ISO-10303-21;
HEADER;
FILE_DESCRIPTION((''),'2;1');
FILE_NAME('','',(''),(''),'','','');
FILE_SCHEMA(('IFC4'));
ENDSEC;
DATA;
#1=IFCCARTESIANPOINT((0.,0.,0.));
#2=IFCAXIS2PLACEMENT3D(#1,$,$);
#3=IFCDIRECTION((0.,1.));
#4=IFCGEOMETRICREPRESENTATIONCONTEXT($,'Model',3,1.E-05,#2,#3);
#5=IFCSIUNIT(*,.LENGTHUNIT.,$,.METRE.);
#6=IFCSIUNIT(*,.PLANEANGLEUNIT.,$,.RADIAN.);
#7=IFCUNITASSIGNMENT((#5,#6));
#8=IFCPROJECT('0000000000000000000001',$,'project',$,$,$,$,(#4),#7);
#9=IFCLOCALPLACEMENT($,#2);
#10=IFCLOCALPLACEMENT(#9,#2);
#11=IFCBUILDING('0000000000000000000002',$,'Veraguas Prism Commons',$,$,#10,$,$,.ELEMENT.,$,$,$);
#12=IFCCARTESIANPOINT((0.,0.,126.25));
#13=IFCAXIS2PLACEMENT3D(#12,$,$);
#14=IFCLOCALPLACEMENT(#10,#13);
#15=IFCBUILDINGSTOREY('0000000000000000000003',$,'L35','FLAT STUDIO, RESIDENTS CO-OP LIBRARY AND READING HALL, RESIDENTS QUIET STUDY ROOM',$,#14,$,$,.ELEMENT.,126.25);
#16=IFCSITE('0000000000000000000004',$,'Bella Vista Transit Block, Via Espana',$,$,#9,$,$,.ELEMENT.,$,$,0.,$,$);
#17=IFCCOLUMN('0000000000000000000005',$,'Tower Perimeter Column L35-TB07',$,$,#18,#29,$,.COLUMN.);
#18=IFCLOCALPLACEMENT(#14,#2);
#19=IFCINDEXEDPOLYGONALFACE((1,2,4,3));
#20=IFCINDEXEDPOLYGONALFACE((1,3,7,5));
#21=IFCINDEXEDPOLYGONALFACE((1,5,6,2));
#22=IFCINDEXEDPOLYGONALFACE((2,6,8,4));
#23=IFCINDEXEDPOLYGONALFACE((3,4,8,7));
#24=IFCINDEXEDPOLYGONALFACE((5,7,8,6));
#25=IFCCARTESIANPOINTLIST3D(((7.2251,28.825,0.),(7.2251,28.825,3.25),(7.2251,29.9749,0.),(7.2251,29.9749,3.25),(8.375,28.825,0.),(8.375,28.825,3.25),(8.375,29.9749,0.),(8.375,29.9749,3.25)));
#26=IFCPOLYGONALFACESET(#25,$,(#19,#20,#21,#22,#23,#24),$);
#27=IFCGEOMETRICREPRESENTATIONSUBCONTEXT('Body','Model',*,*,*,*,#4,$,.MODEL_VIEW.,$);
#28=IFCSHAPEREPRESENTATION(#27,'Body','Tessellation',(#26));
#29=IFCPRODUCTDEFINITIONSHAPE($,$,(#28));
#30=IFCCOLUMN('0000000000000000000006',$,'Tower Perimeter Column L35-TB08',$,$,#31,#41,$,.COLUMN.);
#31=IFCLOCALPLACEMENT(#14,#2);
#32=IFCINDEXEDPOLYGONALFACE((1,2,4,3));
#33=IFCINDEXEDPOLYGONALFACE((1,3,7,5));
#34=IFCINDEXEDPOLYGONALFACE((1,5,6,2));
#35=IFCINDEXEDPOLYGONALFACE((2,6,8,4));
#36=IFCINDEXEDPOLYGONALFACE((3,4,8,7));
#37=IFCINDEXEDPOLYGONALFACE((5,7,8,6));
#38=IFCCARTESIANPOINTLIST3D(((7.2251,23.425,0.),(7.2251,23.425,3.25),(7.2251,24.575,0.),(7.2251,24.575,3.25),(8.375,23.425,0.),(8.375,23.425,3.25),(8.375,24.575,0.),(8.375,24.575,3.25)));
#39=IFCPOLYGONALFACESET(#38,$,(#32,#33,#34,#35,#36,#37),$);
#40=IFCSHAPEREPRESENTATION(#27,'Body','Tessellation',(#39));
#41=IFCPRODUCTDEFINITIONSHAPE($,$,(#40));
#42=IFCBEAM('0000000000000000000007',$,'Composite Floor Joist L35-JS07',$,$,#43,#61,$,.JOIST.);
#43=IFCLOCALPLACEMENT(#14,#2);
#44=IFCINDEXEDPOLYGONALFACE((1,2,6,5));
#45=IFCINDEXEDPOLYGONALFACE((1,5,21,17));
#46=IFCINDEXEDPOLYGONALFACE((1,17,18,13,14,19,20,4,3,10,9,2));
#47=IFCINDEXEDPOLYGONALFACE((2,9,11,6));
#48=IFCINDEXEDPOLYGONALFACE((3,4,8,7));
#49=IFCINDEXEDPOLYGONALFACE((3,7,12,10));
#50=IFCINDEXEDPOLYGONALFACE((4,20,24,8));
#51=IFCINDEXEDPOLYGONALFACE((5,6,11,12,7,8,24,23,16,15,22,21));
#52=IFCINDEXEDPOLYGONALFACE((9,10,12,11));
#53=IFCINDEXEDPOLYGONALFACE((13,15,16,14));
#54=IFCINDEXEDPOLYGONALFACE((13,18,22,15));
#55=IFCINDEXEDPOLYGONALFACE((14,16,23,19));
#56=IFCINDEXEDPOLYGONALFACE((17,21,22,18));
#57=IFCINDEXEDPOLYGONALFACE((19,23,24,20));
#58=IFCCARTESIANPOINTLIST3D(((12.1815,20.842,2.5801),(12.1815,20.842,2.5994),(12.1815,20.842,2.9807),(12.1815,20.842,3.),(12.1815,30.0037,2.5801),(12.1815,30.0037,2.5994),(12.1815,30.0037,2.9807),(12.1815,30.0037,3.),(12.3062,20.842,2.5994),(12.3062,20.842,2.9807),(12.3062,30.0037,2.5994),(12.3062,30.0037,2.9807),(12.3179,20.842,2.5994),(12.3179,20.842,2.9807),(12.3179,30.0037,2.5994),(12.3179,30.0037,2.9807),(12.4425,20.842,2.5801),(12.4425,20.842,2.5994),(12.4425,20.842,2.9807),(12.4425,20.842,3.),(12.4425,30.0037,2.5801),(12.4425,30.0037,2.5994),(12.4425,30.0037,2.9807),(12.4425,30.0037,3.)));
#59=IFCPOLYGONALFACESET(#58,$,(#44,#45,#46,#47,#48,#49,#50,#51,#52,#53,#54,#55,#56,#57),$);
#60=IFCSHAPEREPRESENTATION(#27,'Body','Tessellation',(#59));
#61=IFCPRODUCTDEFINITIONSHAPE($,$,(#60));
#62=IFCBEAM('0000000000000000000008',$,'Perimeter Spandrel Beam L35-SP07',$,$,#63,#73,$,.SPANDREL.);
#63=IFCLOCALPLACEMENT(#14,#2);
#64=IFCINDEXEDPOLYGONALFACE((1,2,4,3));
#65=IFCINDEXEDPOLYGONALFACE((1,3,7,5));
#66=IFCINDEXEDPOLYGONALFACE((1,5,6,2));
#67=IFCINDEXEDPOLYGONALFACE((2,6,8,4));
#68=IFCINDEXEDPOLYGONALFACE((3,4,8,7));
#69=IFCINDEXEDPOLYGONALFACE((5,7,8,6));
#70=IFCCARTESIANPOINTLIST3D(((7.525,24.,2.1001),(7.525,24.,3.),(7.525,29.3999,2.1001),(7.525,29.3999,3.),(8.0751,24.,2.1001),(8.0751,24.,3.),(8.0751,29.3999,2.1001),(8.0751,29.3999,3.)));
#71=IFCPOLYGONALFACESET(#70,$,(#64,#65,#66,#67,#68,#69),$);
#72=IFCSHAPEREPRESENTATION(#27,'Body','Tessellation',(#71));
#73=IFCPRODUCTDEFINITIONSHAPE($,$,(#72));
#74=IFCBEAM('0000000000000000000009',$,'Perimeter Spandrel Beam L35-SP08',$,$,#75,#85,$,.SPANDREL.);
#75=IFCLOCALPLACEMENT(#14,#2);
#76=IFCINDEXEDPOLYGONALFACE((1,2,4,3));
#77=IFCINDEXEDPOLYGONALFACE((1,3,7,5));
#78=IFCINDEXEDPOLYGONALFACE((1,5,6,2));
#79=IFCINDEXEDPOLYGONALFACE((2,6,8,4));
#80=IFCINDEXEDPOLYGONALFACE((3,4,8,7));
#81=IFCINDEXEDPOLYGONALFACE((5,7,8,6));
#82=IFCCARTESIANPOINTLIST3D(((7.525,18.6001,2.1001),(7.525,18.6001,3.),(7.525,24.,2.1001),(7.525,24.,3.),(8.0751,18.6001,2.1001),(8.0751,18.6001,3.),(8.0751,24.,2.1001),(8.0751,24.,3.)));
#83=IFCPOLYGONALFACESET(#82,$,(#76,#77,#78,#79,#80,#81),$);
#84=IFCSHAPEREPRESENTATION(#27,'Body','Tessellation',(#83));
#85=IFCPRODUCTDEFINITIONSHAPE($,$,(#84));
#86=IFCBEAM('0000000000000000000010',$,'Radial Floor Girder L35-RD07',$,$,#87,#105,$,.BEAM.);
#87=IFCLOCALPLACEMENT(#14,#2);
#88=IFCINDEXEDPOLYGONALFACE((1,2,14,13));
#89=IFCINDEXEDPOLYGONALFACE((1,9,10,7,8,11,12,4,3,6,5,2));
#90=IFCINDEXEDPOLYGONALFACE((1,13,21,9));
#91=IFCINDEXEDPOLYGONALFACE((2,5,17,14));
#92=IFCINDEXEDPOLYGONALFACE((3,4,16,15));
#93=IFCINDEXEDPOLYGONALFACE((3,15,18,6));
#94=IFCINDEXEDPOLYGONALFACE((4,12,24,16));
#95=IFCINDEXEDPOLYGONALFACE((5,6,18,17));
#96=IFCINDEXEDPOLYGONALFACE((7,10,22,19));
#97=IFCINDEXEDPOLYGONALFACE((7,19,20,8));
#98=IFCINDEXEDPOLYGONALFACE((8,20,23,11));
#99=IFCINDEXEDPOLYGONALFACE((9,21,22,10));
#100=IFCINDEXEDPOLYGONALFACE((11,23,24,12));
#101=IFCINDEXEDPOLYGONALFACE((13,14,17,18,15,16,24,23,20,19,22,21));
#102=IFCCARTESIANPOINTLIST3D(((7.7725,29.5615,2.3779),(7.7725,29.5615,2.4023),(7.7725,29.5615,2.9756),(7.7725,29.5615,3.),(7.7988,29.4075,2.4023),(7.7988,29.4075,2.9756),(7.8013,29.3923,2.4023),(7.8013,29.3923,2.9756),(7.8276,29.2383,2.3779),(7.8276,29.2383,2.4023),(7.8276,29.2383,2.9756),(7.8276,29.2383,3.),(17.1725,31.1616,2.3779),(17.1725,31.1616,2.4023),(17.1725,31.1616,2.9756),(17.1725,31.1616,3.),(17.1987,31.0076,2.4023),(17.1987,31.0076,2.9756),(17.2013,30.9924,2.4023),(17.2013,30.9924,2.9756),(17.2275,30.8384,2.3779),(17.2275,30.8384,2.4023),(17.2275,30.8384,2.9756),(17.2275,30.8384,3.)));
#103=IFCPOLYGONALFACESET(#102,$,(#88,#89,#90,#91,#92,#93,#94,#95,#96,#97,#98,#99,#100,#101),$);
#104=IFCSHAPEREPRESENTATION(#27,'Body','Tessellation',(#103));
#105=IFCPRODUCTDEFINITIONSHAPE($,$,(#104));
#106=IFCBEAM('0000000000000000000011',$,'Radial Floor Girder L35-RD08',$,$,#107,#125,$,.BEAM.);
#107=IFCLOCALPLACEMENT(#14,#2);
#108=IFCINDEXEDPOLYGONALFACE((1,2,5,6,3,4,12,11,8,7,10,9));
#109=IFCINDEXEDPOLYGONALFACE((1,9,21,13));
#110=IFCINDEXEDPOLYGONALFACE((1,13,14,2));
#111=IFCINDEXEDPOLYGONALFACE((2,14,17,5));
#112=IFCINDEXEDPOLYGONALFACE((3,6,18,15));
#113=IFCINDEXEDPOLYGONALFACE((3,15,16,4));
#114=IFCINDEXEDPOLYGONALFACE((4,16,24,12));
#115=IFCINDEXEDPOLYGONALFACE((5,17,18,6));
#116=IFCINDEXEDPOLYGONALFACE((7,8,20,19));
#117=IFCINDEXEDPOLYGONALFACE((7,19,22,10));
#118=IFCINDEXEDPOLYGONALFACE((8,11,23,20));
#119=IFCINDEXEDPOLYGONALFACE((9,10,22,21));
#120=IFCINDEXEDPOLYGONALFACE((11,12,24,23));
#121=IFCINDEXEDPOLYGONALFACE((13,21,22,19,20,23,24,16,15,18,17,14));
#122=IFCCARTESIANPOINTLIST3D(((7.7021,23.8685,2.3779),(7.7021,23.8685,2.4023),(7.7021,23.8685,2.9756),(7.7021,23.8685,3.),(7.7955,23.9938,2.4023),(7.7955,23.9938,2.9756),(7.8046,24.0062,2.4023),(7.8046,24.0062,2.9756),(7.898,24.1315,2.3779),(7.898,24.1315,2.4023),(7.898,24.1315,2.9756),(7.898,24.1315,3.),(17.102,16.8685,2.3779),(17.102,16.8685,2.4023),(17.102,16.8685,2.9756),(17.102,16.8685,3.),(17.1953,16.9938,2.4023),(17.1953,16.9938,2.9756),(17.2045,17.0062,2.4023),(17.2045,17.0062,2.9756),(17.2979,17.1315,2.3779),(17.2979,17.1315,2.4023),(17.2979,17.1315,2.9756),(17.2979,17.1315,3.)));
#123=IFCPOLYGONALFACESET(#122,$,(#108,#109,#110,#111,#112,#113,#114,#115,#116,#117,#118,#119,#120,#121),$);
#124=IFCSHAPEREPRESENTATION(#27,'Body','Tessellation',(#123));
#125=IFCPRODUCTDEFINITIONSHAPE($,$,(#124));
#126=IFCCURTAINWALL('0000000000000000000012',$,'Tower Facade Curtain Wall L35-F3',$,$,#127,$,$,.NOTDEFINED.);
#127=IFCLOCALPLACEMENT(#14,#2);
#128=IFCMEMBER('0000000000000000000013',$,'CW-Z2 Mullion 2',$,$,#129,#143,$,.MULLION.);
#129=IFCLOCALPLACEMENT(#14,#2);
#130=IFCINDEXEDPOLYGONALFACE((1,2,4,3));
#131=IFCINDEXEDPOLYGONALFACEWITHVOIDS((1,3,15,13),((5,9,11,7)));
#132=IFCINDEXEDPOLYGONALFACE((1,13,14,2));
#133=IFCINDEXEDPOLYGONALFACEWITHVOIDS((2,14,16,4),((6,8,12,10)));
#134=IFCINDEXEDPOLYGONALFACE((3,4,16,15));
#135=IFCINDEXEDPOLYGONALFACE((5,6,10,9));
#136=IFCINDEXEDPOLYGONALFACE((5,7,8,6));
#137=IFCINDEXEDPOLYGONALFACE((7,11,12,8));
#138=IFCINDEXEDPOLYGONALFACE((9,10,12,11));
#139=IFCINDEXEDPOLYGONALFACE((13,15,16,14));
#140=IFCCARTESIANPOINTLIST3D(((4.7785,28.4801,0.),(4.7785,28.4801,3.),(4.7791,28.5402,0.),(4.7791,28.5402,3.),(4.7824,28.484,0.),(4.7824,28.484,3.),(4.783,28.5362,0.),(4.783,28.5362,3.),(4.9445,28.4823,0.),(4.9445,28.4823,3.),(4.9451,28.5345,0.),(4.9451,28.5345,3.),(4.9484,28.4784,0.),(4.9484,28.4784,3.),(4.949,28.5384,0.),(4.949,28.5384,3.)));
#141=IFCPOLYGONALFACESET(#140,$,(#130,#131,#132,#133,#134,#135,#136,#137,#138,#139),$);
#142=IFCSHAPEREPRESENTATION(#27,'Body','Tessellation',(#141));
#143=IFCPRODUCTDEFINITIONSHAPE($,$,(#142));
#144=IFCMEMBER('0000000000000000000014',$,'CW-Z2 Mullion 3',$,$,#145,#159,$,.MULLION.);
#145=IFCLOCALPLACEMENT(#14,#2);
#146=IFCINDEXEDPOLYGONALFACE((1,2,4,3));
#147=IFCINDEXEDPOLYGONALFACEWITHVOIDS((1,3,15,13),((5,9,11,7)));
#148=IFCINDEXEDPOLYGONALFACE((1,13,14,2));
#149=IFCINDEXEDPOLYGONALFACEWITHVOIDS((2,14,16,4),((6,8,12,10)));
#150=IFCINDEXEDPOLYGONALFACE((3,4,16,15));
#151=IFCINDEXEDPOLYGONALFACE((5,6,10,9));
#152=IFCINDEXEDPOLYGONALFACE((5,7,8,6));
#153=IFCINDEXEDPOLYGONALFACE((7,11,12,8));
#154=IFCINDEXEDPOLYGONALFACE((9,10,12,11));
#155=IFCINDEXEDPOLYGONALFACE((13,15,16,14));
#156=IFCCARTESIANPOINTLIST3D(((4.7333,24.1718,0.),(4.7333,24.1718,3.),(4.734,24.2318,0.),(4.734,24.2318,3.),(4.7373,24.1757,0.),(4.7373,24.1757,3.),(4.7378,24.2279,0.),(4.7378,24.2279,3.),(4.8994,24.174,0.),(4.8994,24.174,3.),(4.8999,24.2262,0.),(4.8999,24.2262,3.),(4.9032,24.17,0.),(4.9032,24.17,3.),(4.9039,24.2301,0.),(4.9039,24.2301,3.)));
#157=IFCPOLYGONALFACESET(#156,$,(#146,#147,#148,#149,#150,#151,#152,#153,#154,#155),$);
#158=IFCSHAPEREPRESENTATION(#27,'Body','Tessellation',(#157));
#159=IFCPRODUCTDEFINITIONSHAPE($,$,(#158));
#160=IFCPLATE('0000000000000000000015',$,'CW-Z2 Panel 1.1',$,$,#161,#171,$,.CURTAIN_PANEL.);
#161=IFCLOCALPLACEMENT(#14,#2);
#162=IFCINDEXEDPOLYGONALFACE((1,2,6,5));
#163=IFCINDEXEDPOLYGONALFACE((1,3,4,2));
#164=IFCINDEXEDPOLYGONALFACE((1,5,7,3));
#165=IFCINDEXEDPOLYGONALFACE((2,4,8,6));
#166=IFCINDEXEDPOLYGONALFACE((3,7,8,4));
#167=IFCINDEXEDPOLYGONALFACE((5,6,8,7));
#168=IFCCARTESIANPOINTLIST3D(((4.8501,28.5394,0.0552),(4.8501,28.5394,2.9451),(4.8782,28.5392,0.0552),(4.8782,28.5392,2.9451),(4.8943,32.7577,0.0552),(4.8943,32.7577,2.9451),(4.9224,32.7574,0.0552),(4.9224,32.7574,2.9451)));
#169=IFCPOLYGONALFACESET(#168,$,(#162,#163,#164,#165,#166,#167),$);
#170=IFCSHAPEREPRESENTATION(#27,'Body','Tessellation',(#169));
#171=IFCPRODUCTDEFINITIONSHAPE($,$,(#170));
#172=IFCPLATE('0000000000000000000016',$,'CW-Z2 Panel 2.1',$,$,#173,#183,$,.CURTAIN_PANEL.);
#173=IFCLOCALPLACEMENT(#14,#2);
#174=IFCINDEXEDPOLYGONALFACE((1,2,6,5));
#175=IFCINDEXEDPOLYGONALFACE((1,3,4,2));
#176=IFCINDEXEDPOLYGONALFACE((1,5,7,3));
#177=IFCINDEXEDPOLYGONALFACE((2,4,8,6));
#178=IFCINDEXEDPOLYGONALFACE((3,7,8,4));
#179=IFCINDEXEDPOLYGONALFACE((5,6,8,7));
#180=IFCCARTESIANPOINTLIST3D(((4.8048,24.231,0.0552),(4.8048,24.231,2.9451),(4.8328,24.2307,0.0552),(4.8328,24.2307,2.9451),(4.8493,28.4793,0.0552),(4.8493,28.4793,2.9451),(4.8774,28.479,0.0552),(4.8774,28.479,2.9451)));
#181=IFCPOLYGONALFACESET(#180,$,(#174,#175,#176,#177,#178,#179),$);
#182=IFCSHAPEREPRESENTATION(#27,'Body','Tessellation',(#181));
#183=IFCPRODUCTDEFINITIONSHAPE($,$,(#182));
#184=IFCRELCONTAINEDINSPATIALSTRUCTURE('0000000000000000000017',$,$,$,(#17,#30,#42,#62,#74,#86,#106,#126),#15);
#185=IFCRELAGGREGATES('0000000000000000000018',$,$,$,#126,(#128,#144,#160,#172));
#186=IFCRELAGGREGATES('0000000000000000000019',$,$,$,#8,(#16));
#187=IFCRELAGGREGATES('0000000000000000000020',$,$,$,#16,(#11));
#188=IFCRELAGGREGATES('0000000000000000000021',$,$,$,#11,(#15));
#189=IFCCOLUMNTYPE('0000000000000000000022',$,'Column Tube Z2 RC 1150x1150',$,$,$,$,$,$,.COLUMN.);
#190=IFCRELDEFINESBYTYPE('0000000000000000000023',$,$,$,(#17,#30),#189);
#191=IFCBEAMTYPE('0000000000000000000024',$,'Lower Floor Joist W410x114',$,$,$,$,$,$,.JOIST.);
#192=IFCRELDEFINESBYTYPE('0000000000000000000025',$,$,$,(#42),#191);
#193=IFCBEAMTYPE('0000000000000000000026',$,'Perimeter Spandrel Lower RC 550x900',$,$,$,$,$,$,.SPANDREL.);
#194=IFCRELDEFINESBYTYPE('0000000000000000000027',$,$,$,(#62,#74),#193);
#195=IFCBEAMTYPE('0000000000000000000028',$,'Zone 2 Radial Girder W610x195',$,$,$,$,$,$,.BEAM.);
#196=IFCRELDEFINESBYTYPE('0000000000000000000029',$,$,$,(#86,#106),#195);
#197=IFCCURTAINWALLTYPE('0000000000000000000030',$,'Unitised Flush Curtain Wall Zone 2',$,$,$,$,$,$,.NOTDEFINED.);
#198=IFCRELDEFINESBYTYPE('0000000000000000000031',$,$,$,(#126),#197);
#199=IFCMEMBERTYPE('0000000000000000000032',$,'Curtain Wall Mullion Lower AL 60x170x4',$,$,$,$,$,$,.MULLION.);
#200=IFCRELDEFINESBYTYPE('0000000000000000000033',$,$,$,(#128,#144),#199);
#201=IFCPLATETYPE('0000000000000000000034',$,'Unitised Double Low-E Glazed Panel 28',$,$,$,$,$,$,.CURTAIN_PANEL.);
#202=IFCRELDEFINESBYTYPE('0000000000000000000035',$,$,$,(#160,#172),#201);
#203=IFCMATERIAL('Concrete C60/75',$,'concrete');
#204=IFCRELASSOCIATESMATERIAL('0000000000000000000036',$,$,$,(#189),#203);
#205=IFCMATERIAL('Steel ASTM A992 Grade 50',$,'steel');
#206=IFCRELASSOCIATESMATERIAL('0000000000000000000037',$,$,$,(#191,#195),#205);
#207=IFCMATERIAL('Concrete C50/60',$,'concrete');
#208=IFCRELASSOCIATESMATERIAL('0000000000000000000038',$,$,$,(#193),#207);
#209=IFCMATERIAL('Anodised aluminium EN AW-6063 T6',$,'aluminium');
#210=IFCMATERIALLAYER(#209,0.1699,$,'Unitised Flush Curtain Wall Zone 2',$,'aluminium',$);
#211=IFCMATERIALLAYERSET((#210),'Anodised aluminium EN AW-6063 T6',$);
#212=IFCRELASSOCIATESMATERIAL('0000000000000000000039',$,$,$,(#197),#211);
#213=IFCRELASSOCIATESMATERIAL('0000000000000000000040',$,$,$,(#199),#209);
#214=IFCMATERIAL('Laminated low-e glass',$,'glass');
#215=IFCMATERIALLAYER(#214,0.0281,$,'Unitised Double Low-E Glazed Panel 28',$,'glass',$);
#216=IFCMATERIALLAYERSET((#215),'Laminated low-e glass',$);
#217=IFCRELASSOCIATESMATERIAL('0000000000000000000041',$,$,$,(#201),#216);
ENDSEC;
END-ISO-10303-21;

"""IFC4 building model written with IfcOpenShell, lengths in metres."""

from ifc_helpers import new_model, si_unit, direction, frame, origin, origin_2d, place, context, subcontext, project, spatial, rectangle, hollow_rectangle, i_section, extrude, source, transform, mapped, material, layer, layer_set, material_profile, profile_set, type_object, element, aggregate, save


model = new_model("IFC4")

# Units and contexts
model_context = context("Model", 3, precision=1e-05, world=origin(), true_north=direction((0.0, 1.0)))
body_context = subcontext(model_context, "Body", "Model", "MODEL_VIEW")
ifc_project = project(units=[si_unit("LENGTHUNIT", "METRE"), si_unit("PLANEANGLEUNIT", "RADIAN")], contexts=[model_context])

# Site, building, storey
site_placement = place(None, origin())
site = spatial("IfcSite", under=ifc_project, at=site_placement, Name="Bella Vista Transit Block, Via Espana", CompositionType="ELEMENT", RefElevation=0.0)
building_placement = place(site_placement, origin())
building = spatial("IfcBuilding", under=site, at=building_placement, Name="Veraguas Prism Commons", CompositionType="ELEMENT")
storey_placement = place(building_placement, frame((0.0, 0.0, 126.25)))
storey = spatial("IfcBuildingStorey", under=building, at=storey_placement, Name="L35", Description="FLAT STUDIO, RESIDENTS CO-OP LIBRARY AND READING HALL, RESIDENTS QUIET STUDY ROOM", CompositionType="ELEMENT", Elevation=126.25)

# Columns
ifc_material_1 = material(Name="Concrete C60/75", Category="concrete")
ifc_material_profile_1 = material_profile(ifc_material_1, rectangle(XDim=1.1499, YDim=1.1499, at=origin_2d()), Name="RC1150X1150")
ifc_profile_set_1 = profile_set([ifc_material_profile_1], Name="Concrete C60/75")
column_type = type_object("IfcColumnType", Name="Column Tube Z2 RC 1150x1150", PredefinedType="COLUMN", material=ifc_profile_set_1)
for number, where, z_axis, x_axis, name in (
    (1, (7.8, 29.3999, 0.0), (0.0, 0.0, 1.0), (1.0, 0.0, 0.0), "Tower Perimeter Column L35-TB07"),
    (2, (7.8, 24.0, 0.0), (0.0, 0.0, 1.0), (1.0, 0.0, 0.0), "Tower Perimeter Column L35-TB08"),
):
    element("IfcColumn", number, at=place(storey_placement, frame(where, z_axis=z_axis, x_axis=x_axis)), inside=storey, type_object=column_type, Name=name, PredefinedType="COLUMN", context=body_context, shape_type="SweptSolid", body=[
        extrude(rectangle(XDim=1.1499, YDim=1.1499, at=origin_2d()), origin(), (0.0, 0.0, 1.0), 3.25),
    ])

# Beams
ifc_material_2 = material(Name="Steel ASTM A992 Grade 50", Category="steel")
ifc_material_profile_2 = material_profile(ifc_material_2, i_section(OverallWidth=0.261, OverallDepth=0.4199, WebThickness=0.0117, FlangeThickness=0.0193, at=origin_2d()), Name="W410X114")
ifc_profile_set_2 = profile_set([ifc_material_profile_2], Name="Steel ASTM A992 Grade 50")
beam_type_1 = type_object("IfcBeamType", Name="Lower Floor Joist W410x114", PredefinedType="JOIST", material=ifc_profile_set_2)
beam_1_placement = place(storey_placement, frame((12.312, 30.0037, 2.79), z_axis=(0.0, -1.0, 0.0), x_axis=(1.0, 0.0, 0.0)))
element("IfcBeam", 3, at=beam_1_placement, inside=storey, type_object=beam_type_1, Name="Composite Floor Joist L35-JS07", PredefinedType="JOIST", context=body_context, shape_type="SweptSolid", body=[
    extrude(i_section(OverallWidth=0.261, OverallDepth=0.4199, WebThickness=0.0117, FlangeThickness=0.0193, at=origin_2d()), origin(), (0.0, 0.0, 1.0), 9.1616),
])
ifc_material_3 = material(Name="Concrete C50/60", Category="concrete")
ifc_material_profile_3 = material_profile(ifc_material_3, rectangle(XDim=0.55, YDim=0.8999, at=origin_2d()), Name="RC550X900")
ifc_profile_set_3 = profile_set([ifc_material_profile_3], Name="Concrete C50/60")
beam_type_2 = type_object("IfcBeamType", Name="Perimeter Spandrel Lower RC 550x900", PredefinedType="SPANDREL", material=ifc_profile_set_3)
for number, where, z_axis, x_axis, name in (
    (4, (7.8, 29.3999, 2.55), (0.0, -1.0, 0.0), (1.0, 0.0, 0.0), "Perimeter Spandrel Beam L35-SP07"),
    (5, (7.8, 24.0, 2.55), (0.0, -1.0, 0.0), (1.0, 0.0, 0.0), "Perimeter Spandrel Beam L35-SP08"),
):
    element("IfcBeam", number, at=place(storey_placement, frame(where, z_axis=z_axis, x_axis=x_axis)), inside=storey, type_object=beam_type_2, Name=name, PredefinedType="SPANDREL", context=body_context, shape_type="SweptSolid", body=[
        extrude(rectangle(XDim=0.55, YDim=0.8999, at=origin_2d()), origin(), (0.0, 0.0, 1.0), 5.3999),
    ])
ifc_material_profile_4 = material_profile(ifc_material_2, i_section(OverallWidth=0.3279, OverallDepth=0.6221, WebThickness=0.0154, FlangeThickness=0.0244, at=origin_2d()), Name="W610X195")
ifc_profile_set_4 = profile_set([ifc_material_profile_4], Name="Steel ASTM A992 Grade 50")
beam_type_3 = type_object("IfcBeamType", Name="Zone 2 Radial Girder W610x195", PredefinedType="BEAM", material=ifc_profile_set_4)
beam_2_placement = place(storey_placement, frame((7.8, 29.3999, 2.689), z_axis=(0.985819, 0.167811, 0.0), x_axis=(-0.167811, 0.985819, 0.0)))
element("IfcBeam", 6, at=beam_2_placement, inside=storey, type_object=beam_type_3, Name="Radial Floor Girder L35-RD07", PredefinedType="BEAM", context=body_context, shape_type="SweptSolid", body=[
    extrude(i_section(OverallWidth=0.3279, OverallDepth=0.6221, WebThickness=0.0154, FlangeThickness=0.0244, at=origin_2d()), origin(), (0.0, 0.0, 1.0), 9.5352),
])
beam_3_placement = place(storey_placement, frame((7.8, 24.0, 2.689), z_axis=(0.80204, -0.59727, 0.0), x_axis=(0.59727, 0.80204, 0.0)))
element("IfcBeam", 7, at=beam_3_placement, inside=storey, type_object=beam_type_3, Name="Radial Floor Girder L35-RD08", PredefinedType="BEAM", context=body_context, shape_type="SweptSolid", body=[
    extrude(i_section(OverallWidth=0.3279, OverallDepth=0.6221, WebThickness=0.0154, FlangeThickness=0.0244, at=origin_2d()), origin(), (0.0, 0.0, 1.0), 11.72),
])

# Curtain wall, members, plates
ifc_material_4 = material(Name="Anodised aluminium EN AW-6063 T6", Category="aluminium")
ifc_layer_1 = layer(ifc_material_4, 0.1699, Name="Unitised Flush Curtain Wall Zone 2", Category="aluminium")
ifc_layer_set_1 = layer_set([ifc_layer_1], Name="Anodised aluminium EN AW-6063 T6")
curtain_wall_type = type_object("IfcCurtainWallType", Name="Unitised Flush Curtain Wall Zone 2", PredefinedType="NOTDEFINED", material=ifc_layer_set_1)
curtain_wall_placement = place(storey_placement, origin())
curtain_wall = element("IfcCurtainWall", 8, at=curtain_wall_placement, inside=storey, type_object=curtain_wall_type, Name="Tower Facade Curtain Wall L35-F3", PredefinedType="NOTDEFINED")
ifc_material_profile_5 = material_profile(ifc_material_4, hollow_rectangle(XDim=0.0601, YDim=0.1699, WallThickness=0.0039, at=origin_2d()), Name="AL60X170X4")
ifc_profile_set_5 = profile_set([ifc_material_profile_5], Name="Anodised aluminium EN AW-6063 T6")
member_type = type_object("IfcMemberType", Name="Curtain Wall Mullion Lower AL 60x170x4", PredefinedType="MULLION", material=ifc_profile_set_5)
shared_shape_1 = source(origin(), body_context, "Body", "SweptSolid", [
    extrude(hollow_rectangle(XDim=0.0601, YDim=0.1699, WallThickness=0.0039, at=origin_2d()), origin(), (0.0, 0.0, 1.0), 3.0),
])
member_1_placement = place(storey_placement, frame((4.8638, 28.5093, 0.0), z_axis=(0.0, 0.0, 1.0), x_axis=(-0.010479, -0.999945, 0.0)))
member_1 = element("IfcMember", 9, at=member_1_placement, type_object=member_type, Name="CW-Z2 Mullion 2", PredefinedType="MULLION", context=body_context, shape_type="MappedRepresentation", body=[
    mapped(shared_shape_1, transform((0.0, 0.0, 0.0), scale=1.0)),
])
member_2_placement = place(storey_placement, frame((4.8186, 24.2009, 0.0), z_axis=(0.0, 0.0, 1.0), x_axis=(-0.010479, -0.999945, 0.0)))
member_2 = element("IfcMember", 10, at=member_2_placement, type_object=member_type, Name="CW-Z2 Mullion 3", PredefinedType="MULLION", context=body_context, shape_type="MappedRepresentation", body=[
    mapped(shared_shape_1, transform((0.0, 0.0, 0.0), scale=1.0)),
])
ifc_material_5 = material(Name="Laminated low-e glass", Category="glass")
ifc_layer_2 = layer(ifc_material_5, 0.0281, Name="Unitised Double Low-E Glazed Panel 28", Category="glass")
ifc_layer_set_2 = layer_set([ifc_layer_2], Name="Laminated low-e glass")
plate_type = type_object("IfcPlateType", Name="Unitised Double Low-E Glazed Panel 28", PredefinedType="CURTAIN_PANEL", material=ifc_layer_set_2)
shared_shape_2 = source(origin(), body_context, "Body", "SweptSolid", [
    extrude(rectangle(XDim=4.2185, YDim=0.0281, at=origin_2d()), origin(), (0.0, 0.0, 1.0), 2.8899),
])
plate_1_placement = place(storey_placement, frame((4.8862, 30.6484, 0.0552), z_axis=(0.0, 0.0, 1.0), x_axis=(-0.010479, -0.999945, 0.0)))
plate_1 = element("IfcPlate", 11, at=plate_1_placement, type_object=plate_type, Name="CW-Z2 Panel 1.1", PredefinedType="CURTAIN_PANEL", context=body_context, shape_type="MappedRepresentation", body=[
    mapped(shared_shape_2, transform((0.0, 0.0, 0.0), scale=1.0)),
])
shared_shape_3 = source(origin(), body_context, "Body", "SweptSolid", [
    extrude(rectangle(XDim=4.2485, YDim=0.0281, at=origin_2d()), origin(), (0.0, 0.0, 1.0), 2.8899),
])
plate_2_placement = place(storey_placement, frame((4.8411, 26.355, 0.0552), z_axis=(0.0, 0.0, 1.0), x_axis=(-0.010479, -0.999945, 0.0)))
plate_2 = element("IfcPlate", 12, at=plate_2_placement, type_object=plate_type, Name="CW-Z2 Panel 2.1", PredefinedType="CURTAIN_PANEL", context=body_context, shape_type="MappedRepresentation", body=[
    mapped(shared_shape_3, transform((0.0, 0.0, 0.0), scale=1.0)),
])
aggregate(curtain_wall, [member_1, member_2, plate_1, plate_2])

save(model, "model.ifc")
